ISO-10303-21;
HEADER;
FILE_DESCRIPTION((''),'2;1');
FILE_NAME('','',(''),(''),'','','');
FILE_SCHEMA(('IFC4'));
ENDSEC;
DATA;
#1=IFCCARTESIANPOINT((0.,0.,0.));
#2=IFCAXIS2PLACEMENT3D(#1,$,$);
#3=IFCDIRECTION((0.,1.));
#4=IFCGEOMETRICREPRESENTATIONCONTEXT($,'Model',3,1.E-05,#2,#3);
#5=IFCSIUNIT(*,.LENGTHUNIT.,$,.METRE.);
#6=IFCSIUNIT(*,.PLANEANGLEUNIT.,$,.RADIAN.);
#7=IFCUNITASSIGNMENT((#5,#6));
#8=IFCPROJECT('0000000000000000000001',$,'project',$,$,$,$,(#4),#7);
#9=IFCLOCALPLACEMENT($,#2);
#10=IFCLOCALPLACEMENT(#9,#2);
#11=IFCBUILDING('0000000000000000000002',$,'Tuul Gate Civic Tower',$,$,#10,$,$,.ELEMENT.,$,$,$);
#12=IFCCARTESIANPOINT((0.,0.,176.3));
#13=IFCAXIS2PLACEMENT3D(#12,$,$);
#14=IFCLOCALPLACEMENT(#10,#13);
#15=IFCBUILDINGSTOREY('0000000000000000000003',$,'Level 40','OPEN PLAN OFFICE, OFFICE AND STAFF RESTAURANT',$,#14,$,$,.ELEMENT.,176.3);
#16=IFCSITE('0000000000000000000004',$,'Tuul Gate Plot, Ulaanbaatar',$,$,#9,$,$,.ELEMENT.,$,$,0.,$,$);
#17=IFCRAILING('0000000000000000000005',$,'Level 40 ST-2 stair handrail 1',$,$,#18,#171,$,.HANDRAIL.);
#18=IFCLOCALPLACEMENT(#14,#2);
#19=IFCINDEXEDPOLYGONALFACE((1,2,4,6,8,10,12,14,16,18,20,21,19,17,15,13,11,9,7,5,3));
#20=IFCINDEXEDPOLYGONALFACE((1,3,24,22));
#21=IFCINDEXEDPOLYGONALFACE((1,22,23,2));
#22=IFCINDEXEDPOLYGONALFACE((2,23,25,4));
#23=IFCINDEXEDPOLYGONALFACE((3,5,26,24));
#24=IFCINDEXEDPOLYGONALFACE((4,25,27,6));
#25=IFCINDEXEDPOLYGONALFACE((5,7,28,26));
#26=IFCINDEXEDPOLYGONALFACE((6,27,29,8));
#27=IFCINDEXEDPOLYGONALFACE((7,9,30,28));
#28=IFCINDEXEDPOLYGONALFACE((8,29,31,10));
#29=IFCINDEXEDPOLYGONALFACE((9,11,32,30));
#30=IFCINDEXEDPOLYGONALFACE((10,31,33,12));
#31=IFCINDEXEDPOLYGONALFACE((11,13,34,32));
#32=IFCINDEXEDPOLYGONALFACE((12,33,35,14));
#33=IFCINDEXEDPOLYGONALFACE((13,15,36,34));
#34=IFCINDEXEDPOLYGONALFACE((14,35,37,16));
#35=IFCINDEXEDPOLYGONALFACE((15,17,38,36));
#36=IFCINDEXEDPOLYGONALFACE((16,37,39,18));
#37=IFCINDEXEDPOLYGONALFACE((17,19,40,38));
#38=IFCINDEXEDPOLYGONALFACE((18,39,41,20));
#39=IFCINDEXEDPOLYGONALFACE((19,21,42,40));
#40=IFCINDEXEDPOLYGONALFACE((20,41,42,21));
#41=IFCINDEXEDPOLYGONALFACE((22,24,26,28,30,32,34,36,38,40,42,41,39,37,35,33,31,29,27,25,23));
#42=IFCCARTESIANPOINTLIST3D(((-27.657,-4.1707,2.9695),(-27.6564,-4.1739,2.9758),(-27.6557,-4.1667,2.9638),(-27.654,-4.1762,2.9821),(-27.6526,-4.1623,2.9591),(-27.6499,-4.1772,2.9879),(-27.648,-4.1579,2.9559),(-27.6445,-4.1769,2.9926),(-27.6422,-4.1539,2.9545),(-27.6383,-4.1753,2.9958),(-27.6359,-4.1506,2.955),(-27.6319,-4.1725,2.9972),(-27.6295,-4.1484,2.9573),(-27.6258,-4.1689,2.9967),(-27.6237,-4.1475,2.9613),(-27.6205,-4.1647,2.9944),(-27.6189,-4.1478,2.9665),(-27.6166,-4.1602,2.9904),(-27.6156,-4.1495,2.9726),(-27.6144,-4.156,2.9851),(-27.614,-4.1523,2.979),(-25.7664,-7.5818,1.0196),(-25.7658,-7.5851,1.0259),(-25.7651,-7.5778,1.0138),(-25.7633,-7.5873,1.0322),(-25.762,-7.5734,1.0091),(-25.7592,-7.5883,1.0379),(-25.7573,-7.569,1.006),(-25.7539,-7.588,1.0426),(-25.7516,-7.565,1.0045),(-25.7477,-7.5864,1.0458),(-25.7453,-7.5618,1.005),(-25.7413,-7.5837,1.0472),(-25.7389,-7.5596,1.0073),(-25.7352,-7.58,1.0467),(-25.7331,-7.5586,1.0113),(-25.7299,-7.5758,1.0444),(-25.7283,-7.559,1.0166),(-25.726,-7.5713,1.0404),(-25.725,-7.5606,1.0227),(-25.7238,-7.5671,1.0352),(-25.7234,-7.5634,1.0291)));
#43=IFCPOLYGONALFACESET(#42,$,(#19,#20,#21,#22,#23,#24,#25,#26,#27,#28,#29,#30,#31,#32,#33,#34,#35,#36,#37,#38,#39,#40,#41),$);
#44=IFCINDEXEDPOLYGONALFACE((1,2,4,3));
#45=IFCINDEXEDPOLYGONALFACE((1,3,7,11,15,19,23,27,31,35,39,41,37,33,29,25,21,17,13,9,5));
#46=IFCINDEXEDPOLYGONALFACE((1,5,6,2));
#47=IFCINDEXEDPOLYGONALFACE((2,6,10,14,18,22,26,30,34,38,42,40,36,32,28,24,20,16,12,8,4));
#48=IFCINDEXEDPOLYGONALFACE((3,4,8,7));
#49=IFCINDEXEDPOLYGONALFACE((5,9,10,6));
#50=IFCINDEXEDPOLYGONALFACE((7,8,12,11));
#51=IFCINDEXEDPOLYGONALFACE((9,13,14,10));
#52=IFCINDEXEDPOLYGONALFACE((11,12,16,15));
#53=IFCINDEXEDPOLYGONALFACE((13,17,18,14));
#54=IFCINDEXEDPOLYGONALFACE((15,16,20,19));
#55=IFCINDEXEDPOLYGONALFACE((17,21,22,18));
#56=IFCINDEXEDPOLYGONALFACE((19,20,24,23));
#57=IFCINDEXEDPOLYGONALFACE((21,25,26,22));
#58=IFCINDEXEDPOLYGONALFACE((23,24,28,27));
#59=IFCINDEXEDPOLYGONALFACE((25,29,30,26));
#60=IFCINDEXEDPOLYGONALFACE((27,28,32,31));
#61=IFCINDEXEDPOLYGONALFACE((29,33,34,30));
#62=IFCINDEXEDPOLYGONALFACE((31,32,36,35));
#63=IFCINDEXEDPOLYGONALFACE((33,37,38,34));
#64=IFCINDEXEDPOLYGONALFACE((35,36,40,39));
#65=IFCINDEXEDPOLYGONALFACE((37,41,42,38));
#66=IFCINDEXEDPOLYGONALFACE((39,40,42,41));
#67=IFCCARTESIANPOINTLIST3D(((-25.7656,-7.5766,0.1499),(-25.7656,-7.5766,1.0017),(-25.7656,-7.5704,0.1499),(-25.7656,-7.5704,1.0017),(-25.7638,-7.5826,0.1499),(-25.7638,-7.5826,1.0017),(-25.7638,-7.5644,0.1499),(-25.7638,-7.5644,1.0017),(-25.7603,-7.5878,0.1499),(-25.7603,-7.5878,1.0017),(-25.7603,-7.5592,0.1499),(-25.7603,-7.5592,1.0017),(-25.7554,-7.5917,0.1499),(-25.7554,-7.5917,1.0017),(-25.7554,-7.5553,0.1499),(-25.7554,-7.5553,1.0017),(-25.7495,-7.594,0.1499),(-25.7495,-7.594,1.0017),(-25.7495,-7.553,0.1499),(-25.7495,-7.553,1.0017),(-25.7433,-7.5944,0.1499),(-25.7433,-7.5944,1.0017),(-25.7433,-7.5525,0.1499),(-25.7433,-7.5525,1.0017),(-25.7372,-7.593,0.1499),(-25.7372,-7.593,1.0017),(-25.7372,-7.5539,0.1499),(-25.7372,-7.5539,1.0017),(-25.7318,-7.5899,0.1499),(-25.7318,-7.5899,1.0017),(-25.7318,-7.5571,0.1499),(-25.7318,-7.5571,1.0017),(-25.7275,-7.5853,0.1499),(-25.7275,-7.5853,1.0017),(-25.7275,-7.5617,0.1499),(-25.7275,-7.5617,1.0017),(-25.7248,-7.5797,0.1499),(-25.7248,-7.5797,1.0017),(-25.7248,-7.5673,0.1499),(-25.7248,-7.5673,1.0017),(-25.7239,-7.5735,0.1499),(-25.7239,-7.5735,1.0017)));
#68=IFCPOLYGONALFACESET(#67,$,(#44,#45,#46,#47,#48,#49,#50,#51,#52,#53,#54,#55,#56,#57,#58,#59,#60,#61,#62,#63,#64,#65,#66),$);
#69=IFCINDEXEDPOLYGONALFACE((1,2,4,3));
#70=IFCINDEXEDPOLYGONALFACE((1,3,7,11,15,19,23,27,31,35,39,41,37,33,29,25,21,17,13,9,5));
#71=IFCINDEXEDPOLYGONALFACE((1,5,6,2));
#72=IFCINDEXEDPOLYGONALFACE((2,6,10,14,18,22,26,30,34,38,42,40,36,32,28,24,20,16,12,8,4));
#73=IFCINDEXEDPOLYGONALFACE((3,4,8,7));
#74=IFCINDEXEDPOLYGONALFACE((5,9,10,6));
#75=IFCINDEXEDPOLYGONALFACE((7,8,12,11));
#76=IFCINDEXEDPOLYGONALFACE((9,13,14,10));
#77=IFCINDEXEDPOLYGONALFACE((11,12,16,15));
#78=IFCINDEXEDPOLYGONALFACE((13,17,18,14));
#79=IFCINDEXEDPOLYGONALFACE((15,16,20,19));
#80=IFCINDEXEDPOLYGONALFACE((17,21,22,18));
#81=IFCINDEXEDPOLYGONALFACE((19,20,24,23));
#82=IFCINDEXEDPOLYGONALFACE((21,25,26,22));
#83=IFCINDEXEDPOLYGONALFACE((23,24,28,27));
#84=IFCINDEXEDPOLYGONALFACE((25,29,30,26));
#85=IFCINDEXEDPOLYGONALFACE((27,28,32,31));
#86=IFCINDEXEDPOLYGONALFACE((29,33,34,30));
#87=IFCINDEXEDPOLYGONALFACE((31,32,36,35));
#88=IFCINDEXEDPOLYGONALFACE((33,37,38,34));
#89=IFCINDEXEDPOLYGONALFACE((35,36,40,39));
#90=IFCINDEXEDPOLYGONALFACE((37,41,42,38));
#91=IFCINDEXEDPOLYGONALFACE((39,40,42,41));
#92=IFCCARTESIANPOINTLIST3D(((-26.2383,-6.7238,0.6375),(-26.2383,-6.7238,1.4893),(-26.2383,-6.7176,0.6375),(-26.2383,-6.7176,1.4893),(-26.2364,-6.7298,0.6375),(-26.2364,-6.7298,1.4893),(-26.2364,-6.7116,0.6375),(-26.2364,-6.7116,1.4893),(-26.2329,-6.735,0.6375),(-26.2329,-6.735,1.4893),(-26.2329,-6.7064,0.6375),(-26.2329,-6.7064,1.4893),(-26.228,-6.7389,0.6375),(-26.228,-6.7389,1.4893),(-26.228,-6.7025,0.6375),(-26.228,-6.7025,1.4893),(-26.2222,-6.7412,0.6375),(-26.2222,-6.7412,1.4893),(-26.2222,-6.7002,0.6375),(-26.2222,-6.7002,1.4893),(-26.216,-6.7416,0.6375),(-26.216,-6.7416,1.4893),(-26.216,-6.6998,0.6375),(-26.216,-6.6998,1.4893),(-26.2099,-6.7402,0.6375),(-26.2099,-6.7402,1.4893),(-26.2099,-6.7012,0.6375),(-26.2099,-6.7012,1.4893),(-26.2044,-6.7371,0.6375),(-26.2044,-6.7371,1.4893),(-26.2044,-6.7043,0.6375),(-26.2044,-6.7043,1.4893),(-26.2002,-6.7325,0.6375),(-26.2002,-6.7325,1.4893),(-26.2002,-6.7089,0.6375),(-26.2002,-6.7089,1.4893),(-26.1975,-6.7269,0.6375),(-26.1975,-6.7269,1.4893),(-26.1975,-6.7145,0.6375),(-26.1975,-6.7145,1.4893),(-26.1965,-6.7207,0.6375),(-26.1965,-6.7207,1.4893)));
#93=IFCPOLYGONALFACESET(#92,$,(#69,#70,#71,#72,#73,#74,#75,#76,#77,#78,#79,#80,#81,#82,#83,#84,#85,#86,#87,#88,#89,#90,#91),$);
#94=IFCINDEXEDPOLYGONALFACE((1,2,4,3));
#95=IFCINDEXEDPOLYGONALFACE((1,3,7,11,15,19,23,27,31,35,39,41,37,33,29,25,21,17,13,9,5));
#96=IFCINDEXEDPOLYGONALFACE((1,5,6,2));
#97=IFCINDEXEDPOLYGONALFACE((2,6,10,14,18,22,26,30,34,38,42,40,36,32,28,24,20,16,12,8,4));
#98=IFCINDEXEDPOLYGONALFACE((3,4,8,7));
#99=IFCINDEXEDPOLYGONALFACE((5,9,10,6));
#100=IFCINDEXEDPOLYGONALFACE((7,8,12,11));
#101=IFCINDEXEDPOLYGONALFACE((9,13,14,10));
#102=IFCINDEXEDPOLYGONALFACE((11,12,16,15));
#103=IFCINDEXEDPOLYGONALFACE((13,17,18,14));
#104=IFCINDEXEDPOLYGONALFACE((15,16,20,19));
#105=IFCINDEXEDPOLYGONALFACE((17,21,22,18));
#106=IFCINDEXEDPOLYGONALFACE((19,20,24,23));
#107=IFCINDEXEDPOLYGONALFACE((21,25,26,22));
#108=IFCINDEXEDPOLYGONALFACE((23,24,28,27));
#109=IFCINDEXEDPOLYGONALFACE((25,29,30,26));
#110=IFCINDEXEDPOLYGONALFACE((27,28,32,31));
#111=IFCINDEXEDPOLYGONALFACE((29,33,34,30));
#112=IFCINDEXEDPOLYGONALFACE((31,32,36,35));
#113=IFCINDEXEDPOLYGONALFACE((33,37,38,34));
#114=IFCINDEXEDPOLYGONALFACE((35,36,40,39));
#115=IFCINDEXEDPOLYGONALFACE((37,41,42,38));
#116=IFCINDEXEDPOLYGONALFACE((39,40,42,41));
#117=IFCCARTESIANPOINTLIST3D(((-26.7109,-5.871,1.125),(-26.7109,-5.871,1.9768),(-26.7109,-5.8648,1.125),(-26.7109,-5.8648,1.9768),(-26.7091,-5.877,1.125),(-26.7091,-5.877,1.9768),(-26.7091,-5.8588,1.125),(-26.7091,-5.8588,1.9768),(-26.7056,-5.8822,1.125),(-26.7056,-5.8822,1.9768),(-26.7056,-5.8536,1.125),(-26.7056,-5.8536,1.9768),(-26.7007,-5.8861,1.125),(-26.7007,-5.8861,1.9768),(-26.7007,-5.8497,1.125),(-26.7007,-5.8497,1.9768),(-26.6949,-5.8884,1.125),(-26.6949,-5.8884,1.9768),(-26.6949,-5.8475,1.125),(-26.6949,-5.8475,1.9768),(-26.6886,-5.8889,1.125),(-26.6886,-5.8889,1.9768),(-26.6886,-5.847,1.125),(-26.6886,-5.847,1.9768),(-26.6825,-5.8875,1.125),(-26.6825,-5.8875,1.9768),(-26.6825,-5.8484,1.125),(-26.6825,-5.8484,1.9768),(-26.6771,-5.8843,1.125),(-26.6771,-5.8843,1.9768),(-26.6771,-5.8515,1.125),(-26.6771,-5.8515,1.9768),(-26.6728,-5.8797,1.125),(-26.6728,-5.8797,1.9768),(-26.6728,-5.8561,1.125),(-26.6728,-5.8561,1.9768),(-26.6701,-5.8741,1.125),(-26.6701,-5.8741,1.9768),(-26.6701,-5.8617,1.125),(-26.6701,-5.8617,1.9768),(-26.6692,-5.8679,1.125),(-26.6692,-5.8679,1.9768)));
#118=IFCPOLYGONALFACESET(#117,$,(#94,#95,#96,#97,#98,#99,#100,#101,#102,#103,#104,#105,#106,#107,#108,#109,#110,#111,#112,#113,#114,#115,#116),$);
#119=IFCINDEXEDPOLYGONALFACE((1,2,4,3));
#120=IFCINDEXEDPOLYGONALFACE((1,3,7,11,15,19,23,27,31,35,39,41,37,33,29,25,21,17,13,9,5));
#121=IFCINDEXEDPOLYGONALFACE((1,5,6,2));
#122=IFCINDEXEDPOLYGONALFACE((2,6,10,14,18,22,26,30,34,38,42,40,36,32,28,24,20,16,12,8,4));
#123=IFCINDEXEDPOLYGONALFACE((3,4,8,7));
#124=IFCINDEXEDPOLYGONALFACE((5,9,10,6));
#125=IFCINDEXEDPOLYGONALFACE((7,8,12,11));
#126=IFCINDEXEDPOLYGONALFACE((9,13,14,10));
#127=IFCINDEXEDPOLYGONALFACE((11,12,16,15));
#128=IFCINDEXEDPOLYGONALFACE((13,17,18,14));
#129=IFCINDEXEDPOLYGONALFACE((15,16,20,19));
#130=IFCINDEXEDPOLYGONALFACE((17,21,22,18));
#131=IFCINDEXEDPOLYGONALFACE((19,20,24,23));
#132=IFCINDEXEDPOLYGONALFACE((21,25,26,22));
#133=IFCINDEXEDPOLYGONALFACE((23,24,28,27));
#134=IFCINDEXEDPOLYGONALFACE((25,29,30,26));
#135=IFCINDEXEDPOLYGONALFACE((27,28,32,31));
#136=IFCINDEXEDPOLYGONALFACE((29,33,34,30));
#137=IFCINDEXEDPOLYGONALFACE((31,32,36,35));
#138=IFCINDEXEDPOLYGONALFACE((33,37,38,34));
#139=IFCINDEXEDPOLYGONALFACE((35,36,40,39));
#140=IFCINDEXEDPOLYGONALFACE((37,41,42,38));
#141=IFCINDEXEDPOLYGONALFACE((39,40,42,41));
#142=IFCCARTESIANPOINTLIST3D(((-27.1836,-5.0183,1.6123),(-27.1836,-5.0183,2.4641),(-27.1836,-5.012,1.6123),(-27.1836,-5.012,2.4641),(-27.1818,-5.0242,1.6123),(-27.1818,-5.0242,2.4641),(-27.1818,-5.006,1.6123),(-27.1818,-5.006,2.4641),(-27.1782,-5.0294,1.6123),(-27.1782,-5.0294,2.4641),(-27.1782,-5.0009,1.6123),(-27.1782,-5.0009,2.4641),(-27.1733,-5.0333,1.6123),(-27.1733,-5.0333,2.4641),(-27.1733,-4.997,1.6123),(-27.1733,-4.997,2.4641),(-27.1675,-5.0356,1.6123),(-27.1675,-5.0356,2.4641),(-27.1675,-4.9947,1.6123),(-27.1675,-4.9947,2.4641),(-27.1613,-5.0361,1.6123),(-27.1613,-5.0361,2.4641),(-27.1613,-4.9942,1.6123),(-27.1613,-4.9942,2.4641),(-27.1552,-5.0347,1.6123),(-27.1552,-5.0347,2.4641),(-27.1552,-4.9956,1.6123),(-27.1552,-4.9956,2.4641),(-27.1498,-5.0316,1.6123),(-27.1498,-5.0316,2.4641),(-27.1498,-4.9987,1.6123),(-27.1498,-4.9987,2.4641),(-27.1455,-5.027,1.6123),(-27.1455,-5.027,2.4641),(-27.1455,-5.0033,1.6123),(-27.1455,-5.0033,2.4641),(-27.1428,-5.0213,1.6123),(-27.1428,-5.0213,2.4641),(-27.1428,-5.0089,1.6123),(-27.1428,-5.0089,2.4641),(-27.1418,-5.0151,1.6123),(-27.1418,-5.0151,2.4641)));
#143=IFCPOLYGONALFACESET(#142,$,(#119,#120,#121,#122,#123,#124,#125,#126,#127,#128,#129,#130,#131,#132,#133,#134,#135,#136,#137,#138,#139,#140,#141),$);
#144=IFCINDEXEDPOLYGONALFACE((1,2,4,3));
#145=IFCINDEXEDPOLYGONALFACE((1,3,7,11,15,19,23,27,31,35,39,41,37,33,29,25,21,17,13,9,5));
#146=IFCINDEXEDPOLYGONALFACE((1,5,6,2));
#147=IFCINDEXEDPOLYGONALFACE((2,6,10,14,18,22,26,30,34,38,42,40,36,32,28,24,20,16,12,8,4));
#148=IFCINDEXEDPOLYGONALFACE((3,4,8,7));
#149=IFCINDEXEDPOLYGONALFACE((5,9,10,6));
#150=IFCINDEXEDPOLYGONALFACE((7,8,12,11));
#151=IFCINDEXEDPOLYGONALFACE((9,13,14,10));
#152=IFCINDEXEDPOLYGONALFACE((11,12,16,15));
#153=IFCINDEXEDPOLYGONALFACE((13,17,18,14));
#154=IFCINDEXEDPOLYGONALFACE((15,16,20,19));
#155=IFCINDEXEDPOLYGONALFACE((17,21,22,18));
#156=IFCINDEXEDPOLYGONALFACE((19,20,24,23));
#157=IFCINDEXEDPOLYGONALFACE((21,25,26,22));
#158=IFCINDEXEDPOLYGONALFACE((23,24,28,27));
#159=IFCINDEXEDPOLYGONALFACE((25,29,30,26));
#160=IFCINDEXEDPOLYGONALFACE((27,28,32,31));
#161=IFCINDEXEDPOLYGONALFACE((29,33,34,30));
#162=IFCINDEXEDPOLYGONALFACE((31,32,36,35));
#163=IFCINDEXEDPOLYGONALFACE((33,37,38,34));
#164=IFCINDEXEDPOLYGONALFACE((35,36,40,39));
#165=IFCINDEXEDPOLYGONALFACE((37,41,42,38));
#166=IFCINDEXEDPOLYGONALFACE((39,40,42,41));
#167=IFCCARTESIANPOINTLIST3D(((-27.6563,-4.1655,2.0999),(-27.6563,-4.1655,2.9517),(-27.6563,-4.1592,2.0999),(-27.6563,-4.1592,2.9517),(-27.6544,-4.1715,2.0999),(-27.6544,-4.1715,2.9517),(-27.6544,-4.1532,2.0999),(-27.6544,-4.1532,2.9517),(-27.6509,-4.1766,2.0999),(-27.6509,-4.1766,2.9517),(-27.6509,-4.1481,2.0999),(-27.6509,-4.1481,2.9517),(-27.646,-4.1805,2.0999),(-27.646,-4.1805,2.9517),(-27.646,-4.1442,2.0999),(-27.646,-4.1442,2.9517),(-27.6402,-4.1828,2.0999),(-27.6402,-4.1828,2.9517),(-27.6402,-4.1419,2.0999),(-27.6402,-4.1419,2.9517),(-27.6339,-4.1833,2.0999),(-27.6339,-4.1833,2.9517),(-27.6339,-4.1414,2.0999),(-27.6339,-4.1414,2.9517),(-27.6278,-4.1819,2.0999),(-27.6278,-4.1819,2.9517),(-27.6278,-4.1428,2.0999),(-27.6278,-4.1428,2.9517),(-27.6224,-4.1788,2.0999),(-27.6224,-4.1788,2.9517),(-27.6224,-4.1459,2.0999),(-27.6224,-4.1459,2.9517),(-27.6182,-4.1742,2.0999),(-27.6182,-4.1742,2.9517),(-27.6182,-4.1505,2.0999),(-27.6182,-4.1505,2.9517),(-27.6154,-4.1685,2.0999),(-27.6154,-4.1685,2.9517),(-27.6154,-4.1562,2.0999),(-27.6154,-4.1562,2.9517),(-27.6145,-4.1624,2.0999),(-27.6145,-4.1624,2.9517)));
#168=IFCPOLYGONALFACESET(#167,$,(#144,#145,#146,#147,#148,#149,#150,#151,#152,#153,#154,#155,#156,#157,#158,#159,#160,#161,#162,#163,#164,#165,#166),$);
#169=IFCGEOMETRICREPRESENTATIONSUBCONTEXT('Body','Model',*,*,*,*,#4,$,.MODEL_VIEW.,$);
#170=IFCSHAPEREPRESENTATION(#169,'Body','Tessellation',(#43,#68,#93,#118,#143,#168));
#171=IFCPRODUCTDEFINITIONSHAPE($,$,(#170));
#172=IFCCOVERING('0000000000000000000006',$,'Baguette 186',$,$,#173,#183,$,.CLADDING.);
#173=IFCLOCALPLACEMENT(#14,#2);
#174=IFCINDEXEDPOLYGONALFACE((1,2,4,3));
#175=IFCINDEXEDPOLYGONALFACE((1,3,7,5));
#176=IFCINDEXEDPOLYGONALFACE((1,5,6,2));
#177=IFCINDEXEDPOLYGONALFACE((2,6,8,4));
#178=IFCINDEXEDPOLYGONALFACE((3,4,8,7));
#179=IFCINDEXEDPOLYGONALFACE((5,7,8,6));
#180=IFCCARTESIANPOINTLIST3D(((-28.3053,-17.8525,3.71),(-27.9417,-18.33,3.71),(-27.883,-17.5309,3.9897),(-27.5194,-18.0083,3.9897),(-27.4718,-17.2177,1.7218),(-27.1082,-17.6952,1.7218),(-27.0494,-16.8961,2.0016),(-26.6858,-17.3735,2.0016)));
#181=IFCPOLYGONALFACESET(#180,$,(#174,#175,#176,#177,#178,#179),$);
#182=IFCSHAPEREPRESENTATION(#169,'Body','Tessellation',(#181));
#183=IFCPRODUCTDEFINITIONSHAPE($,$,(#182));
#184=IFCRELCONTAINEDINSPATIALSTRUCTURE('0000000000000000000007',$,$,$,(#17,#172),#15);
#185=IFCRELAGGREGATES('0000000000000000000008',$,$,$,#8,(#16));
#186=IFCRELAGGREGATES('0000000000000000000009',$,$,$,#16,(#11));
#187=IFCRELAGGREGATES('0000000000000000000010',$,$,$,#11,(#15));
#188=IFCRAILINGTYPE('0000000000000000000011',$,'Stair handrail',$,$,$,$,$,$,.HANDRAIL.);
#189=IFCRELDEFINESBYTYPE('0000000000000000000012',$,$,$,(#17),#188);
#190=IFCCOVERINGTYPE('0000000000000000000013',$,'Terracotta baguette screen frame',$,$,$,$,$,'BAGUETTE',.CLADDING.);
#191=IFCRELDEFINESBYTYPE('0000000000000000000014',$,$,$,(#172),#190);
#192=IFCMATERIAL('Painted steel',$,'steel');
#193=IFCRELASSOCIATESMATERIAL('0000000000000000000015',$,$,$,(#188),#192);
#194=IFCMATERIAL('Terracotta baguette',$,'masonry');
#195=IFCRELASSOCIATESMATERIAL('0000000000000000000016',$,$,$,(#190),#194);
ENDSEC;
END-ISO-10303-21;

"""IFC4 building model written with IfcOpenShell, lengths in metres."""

from ifc_helpers import new_model, si_unit, direction, frame, origin, origin_2d, place, context, subcontext, project, spatial, rectangle, circle, extrude, material, material_profile, profile_set, type_object, element, save


model = new_model("IFC4")

# Units and contexts
model_context = context("Model", 3, precision=1e-05, world=origin(), true_north=direction((0.0, 1.0)))
body_context = subcontext(model_context, "Body", "Model", "MODEL_VIEW")
ifc_project = project(units=[si_unit("LENGTHUNIT", "METRE"), si_unit("PLANEANGLEUNIT", "RADIAN")], contexts=[model_context])

# Site, building, storey
site_placement = place(None, origin())
site = spatial("IfcSite", under=ifc_project, at=site_placement, Name="Tuul Gate Plot, Ulaanbaatar", CompositionType="ELEMENT", RefElevation=0.0)
building_placement = place(site_placement, origin())
building = spatial("IfcBuilding", under=site, at=building_placement, Name="Tuul Gate Civic Tower", CompositionType="ELEMENT")
storey_placement = place(building_placement, frame((0.0, 0.0, 176.3)))
storey = spatial("IfcBuildingStorey", under=building, at=storey_placement, Name="Level 40", Description="OPEN PLAN OFFICE, OFFICE AND STAFF RESTAURANT", CompositionType="ELEMENT", Elevation=176.3)

# Railing
ifc_material_1 = material(Name="Painted steel", Category="steel")
railing_type_1 = type_object("IfcRailingType", Name="Stair handrail", PredefinedType="HANDRAIL", material=ifc_material_1)
railing_1_placement = place(storey_placement, frame((-25.7449, -7.5735, 0.1499)))
element("IfcRailing", 1, at=railing_1_placement, inside=storey, type_object=railing_type_1, Name="Level 40 ST-2 stair handrail 1", PredefinedType="HANDRAIL", context=body_context, shape_type="SweptSolid", body=[
    extrude(circle(Radius=0.0239, at=origin_2d()), frame((0.0, 0.0, 0.876), z_axis=(-0.433595, 0.782308, 0.447201), x_axis=(-0.874641, -0.484771, 0.0)), (0.0, 0.0, 1.0), 4.3604),
    extrude(circle(Radius=0.021, at=origin_2d()), origin(), (0.0, 0.0, 1.0), 0.8518),
    extrude(circle(Radius=0.021, at=origin_2d()), frame((-0.4727, 0.8528, 0.4875)), (0.0, 0.0, 1.0), 0.8518),
    extrude(circle(Radius=0.021, at=origin_2d()), frame((-0.9453, 1.7056, 0.9751)), (0.0, 0.0, 1.0), 0.8518),
    extrude(circle(Radius=0.021, at=origin_2d()), frame((-1.418, 2.5583, 1.4624)), (0.0, 0.0, 1.0), 0.8518),
    extrude(circle(Radius=0.021, at=origin_2d()), frame((-1.8906, 3.4111, 1.95)), (0.0, 0.0, 1.0), 0.8518),
])

# Covering
ifc_material_2 = material(Name="Terracotta baguette", Category="masonry")
ifc_material_profile_1 = material_profile(ifc_material_2, rectangle(XDim=0.6001, YDim=0.6001, at=origin_2d()), Name="Terracotta baguette screen frame")
ifc_profile_set_1 = profile_set([ifc_material_profile_1], Name="Terracotta baguette")
covering_type = type_object("IfcCoveringType", Name="Terracotta baguette screen frame", ElementType="BAGUETTE", PredefinedType="CLADDING", material=ifc_profile_set_1)
covering_placement = place(storey_placement, frame((-27.9124, -17.9304, 3.8499), z_axis=(0.370903, 0.282469, -0.884671), x_axis=(-0.605875, 0.79556, 0.0)))
element("IfcCovering", 2, at=covering_placement, inside=storey, type_object=covering_type, Name="Baguette 186", PredefinedType="CLADDING", context=body_context, shape_type="SweptSolid", body=[
    extrude(rectangle(XDim=0.6001, YDim=0.6001, at=origin_2d()), origin(), (0.0, 0.0, 1.0), 2.2473),
])

save(model, "model.ifc")
